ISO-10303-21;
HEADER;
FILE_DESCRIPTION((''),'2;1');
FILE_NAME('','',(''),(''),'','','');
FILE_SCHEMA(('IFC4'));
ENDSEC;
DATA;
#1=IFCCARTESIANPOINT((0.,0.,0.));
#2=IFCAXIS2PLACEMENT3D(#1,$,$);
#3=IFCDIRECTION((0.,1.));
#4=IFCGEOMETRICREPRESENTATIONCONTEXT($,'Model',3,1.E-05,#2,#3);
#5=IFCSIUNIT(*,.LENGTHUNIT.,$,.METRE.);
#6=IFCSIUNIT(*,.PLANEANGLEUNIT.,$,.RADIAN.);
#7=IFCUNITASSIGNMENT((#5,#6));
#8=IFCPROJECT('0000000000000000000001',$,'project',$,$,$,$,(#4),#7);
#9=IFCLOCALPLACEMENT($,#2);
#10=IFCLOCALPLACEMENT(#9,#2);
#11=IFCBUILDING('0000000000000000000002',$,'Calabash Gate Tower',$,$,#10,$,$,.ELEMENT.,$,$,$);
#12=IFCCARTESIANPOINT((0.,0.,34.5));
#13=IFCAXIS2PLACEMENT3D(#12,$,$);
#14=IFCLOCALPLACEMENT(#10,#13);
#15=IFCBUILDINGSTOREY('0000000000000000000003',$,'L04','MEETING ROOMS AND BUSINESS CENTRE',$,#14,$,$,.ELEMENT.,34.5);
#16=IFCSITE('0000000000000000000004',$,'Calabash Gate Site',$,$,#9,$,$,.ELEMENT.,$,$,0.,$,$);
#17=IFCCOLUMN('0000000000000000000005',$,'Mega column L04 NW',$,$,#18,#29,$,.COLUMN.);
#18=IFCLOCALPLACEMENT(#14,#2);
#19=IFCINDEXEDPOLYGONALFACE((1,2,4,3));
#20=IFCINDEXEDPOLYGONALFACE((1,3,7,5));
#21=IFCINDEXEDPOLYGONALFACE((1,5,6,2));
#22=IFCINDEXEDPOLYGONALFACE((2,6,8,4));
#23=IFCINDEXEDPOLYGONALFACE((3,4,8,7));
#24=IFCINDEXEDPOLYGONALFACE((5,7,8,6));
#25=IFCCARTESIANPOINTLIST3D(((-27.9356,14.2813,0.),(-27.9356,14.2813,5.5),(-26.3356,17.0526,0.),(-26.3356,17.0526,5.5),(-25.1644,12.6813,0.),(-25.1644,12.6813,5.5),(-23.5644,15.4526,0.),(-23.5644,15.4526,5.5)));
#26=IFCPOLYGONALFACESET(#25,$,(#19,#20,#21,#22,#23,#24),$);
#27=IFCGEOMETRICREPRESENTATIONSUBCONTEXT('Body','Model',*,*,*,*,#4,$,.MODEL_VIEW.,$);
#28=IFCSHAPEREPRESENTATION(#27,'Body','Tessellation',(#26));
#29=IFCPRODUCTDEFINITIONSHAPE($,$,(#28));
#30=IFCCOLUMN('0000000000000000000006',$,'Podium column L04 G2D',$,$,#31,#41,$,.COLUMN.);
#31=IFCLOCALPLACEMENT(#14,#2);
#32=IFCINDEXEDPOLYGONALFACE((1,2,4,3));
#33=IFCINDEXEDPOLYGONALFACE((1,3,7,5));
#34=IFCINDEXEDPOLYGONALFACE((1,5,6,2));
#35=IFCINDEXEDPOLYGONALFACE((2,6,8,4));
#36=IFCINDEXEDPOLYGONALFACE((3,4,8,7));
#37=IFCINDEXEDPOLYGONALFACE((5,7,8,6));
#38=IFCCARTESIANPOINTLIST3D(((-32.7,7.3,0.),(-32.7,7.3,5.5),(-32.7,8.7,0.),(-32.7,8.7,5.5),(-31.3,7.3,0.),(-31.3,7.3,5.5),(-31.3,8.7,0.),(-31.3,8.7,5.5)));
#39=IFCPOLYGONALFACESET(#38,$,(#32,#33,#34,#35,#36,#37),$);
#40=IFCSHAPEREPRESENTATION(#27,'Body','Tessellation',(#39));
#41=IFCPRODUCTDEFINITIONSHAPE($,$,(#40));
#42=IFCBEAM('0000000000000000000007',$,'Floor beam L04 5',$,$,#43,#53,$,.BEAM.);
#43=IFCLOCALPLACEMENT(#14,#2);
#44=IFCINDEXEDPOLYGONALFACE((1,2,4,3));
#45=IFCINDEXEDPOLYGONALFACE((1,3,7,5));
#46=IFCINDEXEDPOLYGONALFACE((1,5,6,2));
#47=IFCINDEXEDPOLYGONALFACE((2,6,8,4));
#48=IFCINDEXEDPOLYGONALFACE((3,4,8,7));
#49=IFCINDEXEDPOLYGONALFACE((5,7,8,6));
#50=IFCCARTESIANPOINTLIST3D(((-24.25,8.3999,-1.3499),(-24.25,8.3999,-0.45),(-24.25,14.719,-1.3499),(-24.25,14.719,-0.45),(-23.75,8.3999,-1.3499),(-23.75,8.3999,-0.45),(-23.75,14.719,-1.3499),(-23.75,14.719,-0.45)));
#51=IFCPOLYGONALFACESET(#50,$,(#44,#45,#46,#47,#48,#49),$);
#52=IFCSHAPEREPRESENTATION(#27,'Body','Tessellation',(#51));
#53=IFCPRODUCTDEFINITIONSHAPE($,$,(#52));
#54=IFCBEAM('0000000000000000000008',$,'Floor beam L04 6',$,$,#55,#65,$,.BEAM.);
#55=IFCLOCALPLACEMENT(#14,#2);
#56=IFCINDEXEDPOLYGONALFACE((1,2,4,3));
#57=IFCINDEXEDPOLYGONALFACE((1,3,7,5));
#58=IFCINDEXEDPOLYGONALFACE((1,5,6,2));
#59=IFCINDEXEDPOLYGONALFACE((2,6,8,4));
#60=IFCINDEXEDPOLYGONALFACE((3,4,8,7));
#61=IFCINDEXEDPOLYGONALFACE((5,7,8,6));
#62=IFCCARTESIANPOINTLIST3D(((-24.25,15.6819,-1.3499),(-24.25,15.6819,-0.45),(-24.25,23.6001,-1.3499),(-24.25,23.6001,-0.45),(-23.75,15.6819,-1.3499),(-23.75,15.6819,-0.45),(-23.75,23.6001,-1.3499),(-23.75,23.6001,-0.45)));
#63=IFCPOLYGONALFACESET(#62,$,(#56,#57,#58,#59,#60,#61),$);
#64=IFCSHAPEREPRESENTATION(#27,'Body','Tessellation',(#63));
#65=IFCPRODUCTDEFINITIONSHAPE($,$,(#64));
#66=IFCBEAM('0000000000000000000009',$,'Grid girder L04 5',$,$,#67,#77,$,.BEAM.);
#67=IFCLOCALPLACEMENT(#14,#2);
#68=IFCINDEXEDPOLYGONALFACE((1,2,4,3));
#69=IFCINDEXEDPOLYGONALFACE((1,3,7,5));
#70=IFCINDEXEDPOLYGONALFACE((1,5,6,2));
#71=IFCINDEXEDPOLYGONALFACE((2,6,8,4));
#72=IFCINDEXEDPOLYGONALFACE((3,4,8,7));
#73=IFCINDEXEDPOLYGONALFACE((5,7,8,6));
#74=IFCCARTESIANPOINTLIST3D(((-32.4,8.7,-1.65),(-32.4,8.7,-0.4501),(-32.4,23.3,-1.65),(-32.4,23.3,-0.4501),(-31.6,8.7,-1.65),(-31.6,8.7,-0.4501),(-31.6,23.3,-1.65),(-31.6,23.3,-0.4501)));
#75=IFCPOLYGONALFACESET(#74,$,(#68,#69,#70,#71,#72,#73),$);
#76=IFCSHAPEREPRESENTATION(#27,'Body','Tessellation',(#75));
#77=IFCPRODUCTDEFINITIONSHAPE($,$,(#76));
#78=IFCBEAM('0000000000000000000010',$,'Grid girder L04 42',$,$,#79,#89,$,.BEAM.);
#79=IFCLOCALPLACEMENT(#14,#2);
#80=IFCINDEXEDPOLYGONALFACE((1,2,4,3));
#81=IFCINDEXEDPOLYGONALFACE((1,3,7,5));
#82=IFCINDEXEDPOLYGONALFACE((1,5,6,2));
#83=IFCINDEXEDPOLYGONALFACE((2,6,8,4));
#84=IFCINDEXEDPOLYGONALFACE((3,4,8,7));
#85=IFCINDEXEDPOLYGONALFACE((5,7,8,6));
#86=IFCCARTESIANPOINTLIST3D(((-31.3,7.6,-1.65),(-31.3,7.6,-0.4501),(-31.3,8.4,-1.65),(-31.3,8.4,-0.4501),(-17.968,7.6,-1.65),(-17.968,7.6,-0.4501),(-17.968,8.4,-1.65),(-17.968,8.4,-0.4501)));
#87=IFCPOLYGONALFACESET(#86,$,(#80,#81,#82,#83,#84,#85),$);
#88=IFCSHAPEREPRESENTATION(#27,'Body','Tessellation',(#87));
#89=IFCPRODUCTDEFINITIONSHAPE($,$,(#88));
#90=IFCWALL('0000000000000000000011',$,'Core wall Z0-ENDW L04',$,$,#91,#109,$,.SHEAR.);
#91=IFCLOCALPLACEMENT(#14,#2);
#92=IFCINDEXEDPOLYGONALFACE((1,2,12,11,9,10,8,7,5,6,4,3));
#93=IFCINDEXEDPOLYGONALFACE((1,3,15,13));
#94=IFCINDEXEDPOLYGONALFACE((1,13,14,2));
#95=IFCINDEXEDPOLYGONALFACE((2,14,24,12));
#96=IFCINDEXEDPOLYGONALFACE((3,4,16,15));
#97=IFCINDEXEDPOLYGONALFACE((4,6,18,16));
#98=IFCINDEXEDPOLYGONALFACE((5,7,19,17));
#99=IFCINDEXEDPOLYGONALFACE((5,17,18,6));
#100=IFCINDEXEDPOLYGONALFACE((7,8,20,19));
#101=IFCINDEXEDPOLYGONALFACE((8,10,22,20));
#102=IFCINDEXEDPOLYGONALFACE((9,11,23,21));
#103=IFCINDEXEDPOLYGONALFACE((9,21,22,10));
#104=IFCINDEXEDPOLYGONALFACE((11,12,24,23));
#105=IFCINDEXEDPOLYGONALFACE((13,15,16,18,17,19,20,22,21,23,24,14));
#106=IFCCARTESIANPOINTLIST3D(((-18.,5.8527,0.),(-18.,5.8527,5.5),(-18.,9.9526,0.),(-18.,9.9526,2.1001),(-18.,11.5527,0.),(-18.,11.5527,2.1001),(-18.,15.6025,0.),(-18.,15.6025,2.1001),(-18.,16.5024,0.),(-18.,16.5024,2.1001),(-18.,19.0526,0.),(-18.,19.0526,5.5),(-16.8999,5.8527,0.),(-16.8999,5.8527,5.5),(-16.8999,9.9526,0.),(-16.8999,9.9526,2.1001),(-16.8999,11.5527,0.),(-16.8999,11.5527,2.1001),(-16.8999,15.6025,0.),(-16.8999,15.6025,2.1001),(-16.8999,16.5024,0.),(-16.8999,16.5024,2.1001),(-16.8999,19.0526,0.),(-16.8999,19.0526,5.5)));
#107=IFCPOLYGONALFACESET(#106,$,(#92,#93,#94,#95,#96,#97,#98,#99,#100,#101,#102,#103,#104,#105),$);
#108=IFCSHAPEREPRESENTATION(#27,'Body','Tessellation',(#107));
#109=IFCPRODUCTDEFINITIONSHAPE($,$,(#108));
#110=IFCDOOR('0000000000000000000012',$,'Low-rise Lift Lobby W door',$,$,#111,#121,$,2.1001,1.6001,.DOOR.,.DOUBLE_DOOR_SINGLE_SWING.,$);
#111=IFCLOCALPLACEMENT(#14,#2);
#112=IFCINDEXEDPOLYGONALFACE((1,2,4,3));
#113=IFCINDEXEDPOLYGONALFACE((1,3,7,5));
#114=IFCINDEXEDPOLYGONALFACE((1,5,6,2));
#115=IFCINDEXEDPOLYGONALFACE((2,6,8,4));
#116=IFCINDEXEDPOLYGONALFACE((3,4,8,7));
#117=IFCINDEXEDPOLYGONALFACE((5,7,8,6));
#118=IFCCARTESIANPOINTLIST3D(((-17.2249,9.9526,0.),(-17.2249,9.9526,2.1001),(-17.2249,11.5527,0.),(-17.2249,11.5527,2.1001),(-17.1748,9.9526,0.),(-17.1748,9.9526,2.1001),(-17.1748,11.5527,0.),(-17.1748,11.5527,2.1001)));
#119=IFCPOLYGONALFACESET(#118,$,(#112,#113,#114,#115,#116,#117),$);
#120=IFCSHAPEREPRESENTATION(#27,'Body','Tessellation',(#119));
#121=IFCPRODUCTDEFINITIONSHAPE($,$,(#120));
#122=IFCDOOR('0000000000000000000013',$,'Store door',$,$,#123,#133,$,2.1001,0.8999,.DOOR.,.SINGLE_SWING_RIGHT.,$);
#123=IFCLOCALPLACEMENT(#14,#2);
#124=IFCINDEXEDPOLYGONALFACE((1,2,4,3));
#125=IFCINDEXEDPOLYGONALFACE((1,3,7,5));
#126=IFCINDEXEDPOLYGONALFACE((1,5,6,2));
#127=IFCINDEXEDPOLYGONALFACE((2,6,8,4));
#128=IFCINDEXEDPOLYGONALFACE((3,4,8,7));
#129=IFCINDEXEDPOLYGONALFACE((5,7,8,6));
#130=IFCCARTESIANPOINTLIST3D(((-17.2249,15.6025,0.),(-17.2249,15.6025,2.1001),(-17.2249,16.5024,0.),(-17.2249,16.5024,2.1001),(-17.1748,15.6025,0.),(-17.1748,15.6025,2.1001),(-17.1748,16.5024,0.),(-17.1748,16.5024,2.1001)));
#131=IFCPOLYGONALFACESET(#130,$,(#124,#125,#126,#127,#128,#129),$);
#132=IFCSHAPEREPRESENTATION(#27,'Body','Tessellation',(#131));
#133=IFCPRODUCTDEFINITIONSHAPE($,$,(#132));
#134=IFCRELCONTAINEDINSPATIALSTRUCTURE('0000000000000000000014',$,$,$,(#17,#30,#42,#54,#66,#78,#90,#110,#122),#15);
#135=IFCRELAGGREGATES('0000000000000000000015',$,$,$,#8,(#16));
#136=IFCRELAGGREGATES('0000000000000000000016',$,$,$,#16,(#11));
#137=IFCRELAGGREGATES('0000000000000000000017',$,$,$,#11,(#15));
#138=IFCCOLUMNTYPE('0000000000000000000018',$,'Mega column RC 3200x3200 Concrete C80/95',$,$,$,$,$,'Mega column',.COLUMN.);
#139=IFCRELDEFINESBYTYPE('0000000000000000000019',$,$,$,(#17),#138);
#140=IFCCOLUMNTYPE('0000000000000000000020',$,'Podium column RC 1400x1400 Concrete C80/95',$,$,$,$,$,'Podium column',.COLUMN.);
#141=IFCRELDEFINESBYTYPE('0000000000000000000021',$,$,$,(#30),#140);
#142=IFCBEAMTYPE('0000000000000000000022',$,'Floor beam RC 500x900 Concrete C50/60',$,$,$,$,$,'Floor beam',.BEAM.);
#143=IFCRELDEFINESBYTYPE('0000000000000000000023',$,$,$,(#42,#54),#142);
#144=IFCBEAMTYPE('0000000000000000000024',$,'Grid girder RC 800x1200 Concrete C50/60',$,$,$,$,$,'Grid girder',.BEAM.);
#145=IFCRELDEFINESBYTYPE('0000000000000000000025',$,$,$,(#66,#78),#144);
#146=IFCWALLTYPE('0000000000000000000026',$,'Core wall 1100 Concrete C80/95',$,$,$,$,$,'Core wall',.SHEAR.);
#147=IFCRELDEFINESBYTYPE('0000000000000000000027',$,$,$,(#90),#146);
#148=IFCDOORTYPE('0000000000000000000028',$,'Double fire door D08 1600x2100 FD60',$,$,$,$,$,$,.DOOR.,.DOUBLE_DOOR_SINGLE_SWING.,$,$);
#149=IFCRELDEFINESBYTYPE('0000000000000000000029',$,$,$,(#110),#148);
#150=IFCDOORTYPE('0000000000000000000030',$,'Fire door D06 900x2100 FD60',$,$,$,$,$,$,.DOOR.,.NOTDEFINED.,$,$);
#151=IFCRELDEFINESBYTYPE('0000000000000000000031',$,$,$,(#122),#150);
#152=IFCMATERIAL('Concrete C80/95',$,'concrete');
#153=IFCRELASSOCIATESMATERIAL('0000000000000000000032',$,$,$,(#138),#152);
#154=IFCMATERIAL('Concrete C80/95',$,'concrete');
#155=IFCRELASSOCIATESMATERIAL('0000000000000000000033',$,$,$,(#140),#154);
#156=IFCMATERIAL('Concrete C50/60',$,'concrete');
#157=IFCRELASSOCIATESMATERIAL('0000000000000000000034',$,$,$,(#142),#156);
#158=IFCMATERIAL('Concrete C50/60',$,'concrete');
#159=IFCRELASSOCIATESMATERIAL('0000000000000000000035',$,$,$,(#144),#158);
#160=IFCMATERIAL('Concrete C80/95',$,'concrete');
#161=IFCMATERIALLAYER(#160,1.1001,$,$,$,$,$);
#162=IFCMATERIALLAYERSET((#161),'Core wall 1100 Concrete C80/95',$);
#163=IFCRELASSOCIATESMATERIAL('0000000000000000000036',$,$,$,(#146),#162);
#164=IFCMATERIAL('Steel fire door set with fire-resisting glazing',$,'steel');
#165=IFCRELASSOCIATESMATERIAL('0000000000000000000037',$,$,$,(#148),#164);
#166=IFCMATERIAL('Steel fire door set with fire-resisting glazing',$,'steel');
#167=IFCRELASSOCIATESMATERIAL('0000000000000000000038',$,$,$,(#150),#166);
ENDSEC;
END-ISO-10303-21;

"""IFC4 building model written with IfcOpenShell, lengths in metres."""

from ifc_helpers import new_model, si_unit, direction, frame, frame_2d, origin, origin_2d, place, context, subcontext, project, spatial, rectangle, extrude, material, layer, layer_set, material_profile, profile_set, type_object, element, fill, save


model = new_model("IFC4")

# Units and contexts
model_context = context("Model", 3, precision=1e-05, world=origin(), true_north=direction((0.0, 1.0)))
body_context = subcontext(model_context, "Body", "Model", "MODEL_VIEW")
ifc_project = project(units=[si_unit("LENGTHUNIT", "METRE"), si_unit("PLANEANGLEUNIT", "RADIAN")], contexts=[model_context])

# Site, building, storey
site_placement = place(None, origin())
site = spatial("IfcSite", under=ifc_project, at=site_placement, Name="Calabash Gate Site", CompositionType="ELEMENT", RefElevation=0.0)
building_placement = place(site_placement, origin())
building = spatial("IfcBuilding", under=site, at=building_placement, Name="Calabash Gate Tower", CompositionType="ELEMENT")
storey_placement = place(building_placement, frame((0.0, 0.0, 34.5)))
storey = spatial("IfcBuildingStorey", under=building, at=storey_placement, Name="L04", Description="MEETING ROOMS AND BUSINESS CENTRE", CompositionType="ELEMENT", Elevation=34.5)

# Columns
ifc_material_1 = material(Name="Concrete C80/95", Category="concrete")
ifc_material_profile_1 = material_profile(ifc_material_1, rectangle(XDim=3.2, YDim=3.2, at=origin_2d()))
ifc_profile_set_1 = profile_set([ifc_material_profile_1], Name="Concrete C80/95")
column_type_1 = type_object("IfcColumnType", Name="Mega column RC 3200x3200 Concrete C80/95", ElementType="Mega column", PredefinedType="COLUMN", material=ifc_profile_set_1)
column_1_placement = place(storey_placement, frame((-25.75, 14.8669, 0.0), z_axis=(0.0, 0.0, 1.0), x_axis=(0.866025, -0.5, 0.0)))
element("IfcColumn", 1, at=column_1_placement, inside=storey, type_object=column_type_1, Name="Mega column L04 NW", PredefinedType="COLUMN", context=body_context, shape_type="SweptSolid", body=[
    extrude(rectangle(XDim=3.2, YDim=3.2, at=origin_2d()), origin(), (0.0, 0.0, 1.0), 5.5),
])
ifc_material_2 = material(Name="Concrete C80/95", Category="concrete")
ifc_material_profile_2 = material_profile(ifc_material_2, rectangle(XDim=1.3999, YDim=1.3999, at=origin_2d()))
ifc_profile_set_2 = profile_set([ifc_material_profile_2], Name="Concrete C80/95")
column_type_2 = type_object("IfcColumnType", Name="Podium column RC 1400x1400 Concrete C80/95", ElementType="Podium column", PredefinedType="COLUMN", material=ifc_profile_set_2)
column_2_placement = place(storey_placement, frame((-32.0, 8.0, 0.0), z_axis=(0.0, 0.0, 1.0), x_axis=(1.0, 0.0, 0.0)))
element("IfcColumn", 2, at=column_2_placement, inside=storey, type_object=column_type_2, Name="Podium column L04 G2D", PredefinedType="COLUMN", context=body_context, shape_type="SweptSolid", body=[
    extrude(rectangle(XDim=1.3999, YDim=1.3999, at=origin_2d()), origin(), (0.0, 0.0, 1.0), 5.5),
])

# Beams
ifc_material_3 = material(Name="Concrete C50/60", Category="concrete")
ifc_material_profile_3 = material_profile(ifc_material_3, rectangle(XDim=0.5, YDim=0.8999, at=origin_2d()))
ifc_profile_set_3 = profile_set([ifc_material_profile_3], Name="Concrete C50/60")
beam_type_1 = type_object("IfcBeamType", Name="Floor beam RC 500x900 Concrete C50/60", ElementType="Floor beam", PredefinedType="BEAM", material=ifc_profile_set_3)
beam_1_placement = place(storey_placement, frame((-24.0, 8.3999, -0.8999), z_axis=(0.0, 1.0, 0.0), x_axis=(-1.0, 0.0, 0.0)))
element("IfcBeam", 3, at=beam_1_placement, inside=storey, type_object=beam_type_1, Name="Floor beam L04 5", PredefinedType="BEAM", context=body_context, shape_type="SweptSolid", body=[
    extrude(rectangle(XDim=0.5, YDim=0.8999, at=origin_2d()), origin(), (0.0, 0.0, 1.0), 6.3191),
])
beam_2_placement = place(storey_placement, frame((-24.0, 15.6819, -0.8999), z_axis=(0.0, 1.0, 0.0), x_axis=(-1.0, 0.0, 0.0)))
element("IfcBeam", 4, at=beam_2_placement, inside=storey, type_object=beam_type_1, Name="Floor beam L04 6", PredefinedType="BEAM", context=body_context, shape_type="SweptSolid", body=[
    extrude(rectangle(XDim=0.5, YDim=0.8999, at=origin_2d()), origin(), (0.0, 0.0, 1.0), 7.9182),
])
ifc_material_4 = material(Name="Concrete C50/60", Category="concrete")
ifc_material_profile_4 = material_profile(ifc_material_4, rectangle(XDim=0.8, YDim=1.2, at=origin_2d()))
ifc_profile_set_4 = profile_set([ifc_material_profile_4], Name="Concrete C50/60")
beam_type_2 = type_object("IfcBeamType", Name="Grid girder RC 800x1200 Concrete C50/60", ElementType="Grid girder", PredefinedType="BEAM", material=ifc_profile_set_4)
beam_3_placement = place(storey_placement, frame((-32.0, 8.7, -1.05), z_axis=(0.0, 1.0, 0.0), x_axis=(-1.0, 0.0, 0.0)))
element("IfcBeam", 5, at=beam_3_placement, inside=storey, type_object=beam_type_2, Name="Grid girder L04 5", PredefinedType="BEAM", context=body_context, shape_type="SweptSolid", body=[
    extrude(rectangle(XDim=0.8, YDim=1.2, at=origin_2d()), origin(), (0.0, 0.0, 1.0), 14.6001),
])
beam_4_placement = place(storey_placement, frame((-31.3, 8.0, -1.05), z_axis=(1.0, 0.0, 0.0), x_axis=(0.0, 1.0, 0.0)))
element("IfcBeam", 6, at=beam_4_placement, inside=storey, type_object=beam_type_2, Name="Grid girder L04 42", PredefinedType="BEAM", context=body_context, shape_type="SweptSolid", body=[
    extrude(rectangle(XDim=0.8, YDim=1.2, at=origin_2d()), origin(), (0.0, 0.0, 1.0), 13.332),
])

# Wall, openings, doors
ifc_material_5 = material(Name="Concrete C80/95", Category="concrete")
ifc_layer_1 = layer(ifc_material_5, 1.1001)
ifc_layer_set_1 = layer_set([ifc_layer_1], Name="Core wall 1100 Concrete C80/95")
wall_type_1 = type_object("IfcWallType", Name="Core wall 1100 Concrete C80/95", ElementType="Core wall", PredefinedType="SHEAR", material=ifc_layer_set_1)
wall_1_placement = place(storey_placement, frame((-17.45, 5.8525, 0.0), z_axis=(0.0, 0.0, 1.0), x_axis=(0.0, 1.0, 0.0)))
wall_1 = element("IfcWall", 7, at=wall_1_placement, inside=storey, type_object=wall_type_1, Name="Core wall Z0-ENDW L04", PredefinedType="SHEAR", context=body_context, shape_type="SweptSolid", body=[
    extrude(rectangle(XDim=13.2, YDim=1.1001, at=frame_2d((6.6001, 0.0))), origin(), (0.0, 0.0, 1.0), 5.5),
])
opening_1_placement = place(wall_1_placement, frame((4.1001, 0.0, 0.0)))
opening_1 = element("IfcOpeningElement", 8, at=opening_1_placement, cuts=wall_1, PredefinedType="OPENING", context=body_context, shape_type="SweptSolid", body=[
    extrude(rectangle(XDim=1.6001, YDim=2.1001, at=frame_2d((0.8, 1.05))), frame((0.0, 0.5601, 0.0), z_axis=(0.0, -1.0, 0.0), x_axis=(1.0, 0.0, 0.0)), (0.0, 0.0, 1.0), 1.1201),
])
opening_2_placement = place(wall_1_placement, frame((9.75, 0.0, 0.0)))
opening_2 = element("IfcOpeningElement", 9, at=opening_2_placement, cuts=wall_1, PredefinedType="OPENING", context=body_context, shape_type="SweptSolid", body=[
    extrude(rectangle(XDim=0.8999, YDim=2.1001, at=frame_2d((0.45, 1.05))), frame((0.0, 0.5601, 0.0), z_axis=(0.0, -1.0, 0.0), x_axis=(1.0, 0.0, 0.0)), (0.0, 0.0, 1.0), 1.1201),
])
ifc_material_6 = material(Name="Steel fire door set with fire-resisting glazing", Category="steel")
door_type_1 = type_object("IfcDoorType", Name="Double fire door D08 1600x2100 FD60", OperationType="DOUBLE_DOOR_SINGLE_SWING", PredefinedType="DOOR", material=ifc_material_6)
door_1_placement = place(opening_1_placement, origin())
door_1 = element("IfcDoor", 10, at=door_1_placement, inside=storey, type_object=door_type_1, Name="Low-rise Lift Lobby W door", OperationType="DOUBLE_DOOR_SINGLE_SWING", OverallHeight=2.1001, OverallWidth=1.6001, PredefinedType="DOOR", context=body_context, shape_type="SweptSolid", body=[
    extrude(rectangle(XDim=1.6001, YDim=2.1001, at=frame_2d((0.8, 1.05))), frame((0.0, -0.2251, 0.0), z_axis=(0.0, -1.0, 0.0), x_axis=(1.0, 0.0, 0.0)), (0.0, 0.0, 1.0), 0.05),
])
fill(opening_1, door_1)
ifc_material_7 = material(Name="Steel fire door set with fire-resisting glazing", Category="steel")
door_type_2 = type_object("IfcDoorType", Name="Fire door D06 900x2100 FD60", OperationType="NOTDEFINED", PredefinedType="DOOR", material=ifc_material_7)
door_2_placement = place(opening_2_placement, origin())
door_2 = element("IfcDoor", 11, at=door_2_placement, inside=storey, type_object=door_type_2, Name="Store door", OperationType="SINGLE_SWING_RIGHT", OverallHeight=2.1001, OverallWidth=0.8999, PredefinedType="DOOR", context=body_context, shape_type="SweptSolid", body=[
    extrude(rectangle(XDim=0.8999, YDim=2.1001, at=frame_2d((0.45, 1.05))), frame((0.0, -0.2251, 0.0), z_axis=(0.0, -1.0, 0.0), x_axis=(1.0, 0.0, 0.0)), (0.0, 0.0, 1.0), 0.05),
])
fill(opening_2, door_2)

save(model, "model.ifc")
